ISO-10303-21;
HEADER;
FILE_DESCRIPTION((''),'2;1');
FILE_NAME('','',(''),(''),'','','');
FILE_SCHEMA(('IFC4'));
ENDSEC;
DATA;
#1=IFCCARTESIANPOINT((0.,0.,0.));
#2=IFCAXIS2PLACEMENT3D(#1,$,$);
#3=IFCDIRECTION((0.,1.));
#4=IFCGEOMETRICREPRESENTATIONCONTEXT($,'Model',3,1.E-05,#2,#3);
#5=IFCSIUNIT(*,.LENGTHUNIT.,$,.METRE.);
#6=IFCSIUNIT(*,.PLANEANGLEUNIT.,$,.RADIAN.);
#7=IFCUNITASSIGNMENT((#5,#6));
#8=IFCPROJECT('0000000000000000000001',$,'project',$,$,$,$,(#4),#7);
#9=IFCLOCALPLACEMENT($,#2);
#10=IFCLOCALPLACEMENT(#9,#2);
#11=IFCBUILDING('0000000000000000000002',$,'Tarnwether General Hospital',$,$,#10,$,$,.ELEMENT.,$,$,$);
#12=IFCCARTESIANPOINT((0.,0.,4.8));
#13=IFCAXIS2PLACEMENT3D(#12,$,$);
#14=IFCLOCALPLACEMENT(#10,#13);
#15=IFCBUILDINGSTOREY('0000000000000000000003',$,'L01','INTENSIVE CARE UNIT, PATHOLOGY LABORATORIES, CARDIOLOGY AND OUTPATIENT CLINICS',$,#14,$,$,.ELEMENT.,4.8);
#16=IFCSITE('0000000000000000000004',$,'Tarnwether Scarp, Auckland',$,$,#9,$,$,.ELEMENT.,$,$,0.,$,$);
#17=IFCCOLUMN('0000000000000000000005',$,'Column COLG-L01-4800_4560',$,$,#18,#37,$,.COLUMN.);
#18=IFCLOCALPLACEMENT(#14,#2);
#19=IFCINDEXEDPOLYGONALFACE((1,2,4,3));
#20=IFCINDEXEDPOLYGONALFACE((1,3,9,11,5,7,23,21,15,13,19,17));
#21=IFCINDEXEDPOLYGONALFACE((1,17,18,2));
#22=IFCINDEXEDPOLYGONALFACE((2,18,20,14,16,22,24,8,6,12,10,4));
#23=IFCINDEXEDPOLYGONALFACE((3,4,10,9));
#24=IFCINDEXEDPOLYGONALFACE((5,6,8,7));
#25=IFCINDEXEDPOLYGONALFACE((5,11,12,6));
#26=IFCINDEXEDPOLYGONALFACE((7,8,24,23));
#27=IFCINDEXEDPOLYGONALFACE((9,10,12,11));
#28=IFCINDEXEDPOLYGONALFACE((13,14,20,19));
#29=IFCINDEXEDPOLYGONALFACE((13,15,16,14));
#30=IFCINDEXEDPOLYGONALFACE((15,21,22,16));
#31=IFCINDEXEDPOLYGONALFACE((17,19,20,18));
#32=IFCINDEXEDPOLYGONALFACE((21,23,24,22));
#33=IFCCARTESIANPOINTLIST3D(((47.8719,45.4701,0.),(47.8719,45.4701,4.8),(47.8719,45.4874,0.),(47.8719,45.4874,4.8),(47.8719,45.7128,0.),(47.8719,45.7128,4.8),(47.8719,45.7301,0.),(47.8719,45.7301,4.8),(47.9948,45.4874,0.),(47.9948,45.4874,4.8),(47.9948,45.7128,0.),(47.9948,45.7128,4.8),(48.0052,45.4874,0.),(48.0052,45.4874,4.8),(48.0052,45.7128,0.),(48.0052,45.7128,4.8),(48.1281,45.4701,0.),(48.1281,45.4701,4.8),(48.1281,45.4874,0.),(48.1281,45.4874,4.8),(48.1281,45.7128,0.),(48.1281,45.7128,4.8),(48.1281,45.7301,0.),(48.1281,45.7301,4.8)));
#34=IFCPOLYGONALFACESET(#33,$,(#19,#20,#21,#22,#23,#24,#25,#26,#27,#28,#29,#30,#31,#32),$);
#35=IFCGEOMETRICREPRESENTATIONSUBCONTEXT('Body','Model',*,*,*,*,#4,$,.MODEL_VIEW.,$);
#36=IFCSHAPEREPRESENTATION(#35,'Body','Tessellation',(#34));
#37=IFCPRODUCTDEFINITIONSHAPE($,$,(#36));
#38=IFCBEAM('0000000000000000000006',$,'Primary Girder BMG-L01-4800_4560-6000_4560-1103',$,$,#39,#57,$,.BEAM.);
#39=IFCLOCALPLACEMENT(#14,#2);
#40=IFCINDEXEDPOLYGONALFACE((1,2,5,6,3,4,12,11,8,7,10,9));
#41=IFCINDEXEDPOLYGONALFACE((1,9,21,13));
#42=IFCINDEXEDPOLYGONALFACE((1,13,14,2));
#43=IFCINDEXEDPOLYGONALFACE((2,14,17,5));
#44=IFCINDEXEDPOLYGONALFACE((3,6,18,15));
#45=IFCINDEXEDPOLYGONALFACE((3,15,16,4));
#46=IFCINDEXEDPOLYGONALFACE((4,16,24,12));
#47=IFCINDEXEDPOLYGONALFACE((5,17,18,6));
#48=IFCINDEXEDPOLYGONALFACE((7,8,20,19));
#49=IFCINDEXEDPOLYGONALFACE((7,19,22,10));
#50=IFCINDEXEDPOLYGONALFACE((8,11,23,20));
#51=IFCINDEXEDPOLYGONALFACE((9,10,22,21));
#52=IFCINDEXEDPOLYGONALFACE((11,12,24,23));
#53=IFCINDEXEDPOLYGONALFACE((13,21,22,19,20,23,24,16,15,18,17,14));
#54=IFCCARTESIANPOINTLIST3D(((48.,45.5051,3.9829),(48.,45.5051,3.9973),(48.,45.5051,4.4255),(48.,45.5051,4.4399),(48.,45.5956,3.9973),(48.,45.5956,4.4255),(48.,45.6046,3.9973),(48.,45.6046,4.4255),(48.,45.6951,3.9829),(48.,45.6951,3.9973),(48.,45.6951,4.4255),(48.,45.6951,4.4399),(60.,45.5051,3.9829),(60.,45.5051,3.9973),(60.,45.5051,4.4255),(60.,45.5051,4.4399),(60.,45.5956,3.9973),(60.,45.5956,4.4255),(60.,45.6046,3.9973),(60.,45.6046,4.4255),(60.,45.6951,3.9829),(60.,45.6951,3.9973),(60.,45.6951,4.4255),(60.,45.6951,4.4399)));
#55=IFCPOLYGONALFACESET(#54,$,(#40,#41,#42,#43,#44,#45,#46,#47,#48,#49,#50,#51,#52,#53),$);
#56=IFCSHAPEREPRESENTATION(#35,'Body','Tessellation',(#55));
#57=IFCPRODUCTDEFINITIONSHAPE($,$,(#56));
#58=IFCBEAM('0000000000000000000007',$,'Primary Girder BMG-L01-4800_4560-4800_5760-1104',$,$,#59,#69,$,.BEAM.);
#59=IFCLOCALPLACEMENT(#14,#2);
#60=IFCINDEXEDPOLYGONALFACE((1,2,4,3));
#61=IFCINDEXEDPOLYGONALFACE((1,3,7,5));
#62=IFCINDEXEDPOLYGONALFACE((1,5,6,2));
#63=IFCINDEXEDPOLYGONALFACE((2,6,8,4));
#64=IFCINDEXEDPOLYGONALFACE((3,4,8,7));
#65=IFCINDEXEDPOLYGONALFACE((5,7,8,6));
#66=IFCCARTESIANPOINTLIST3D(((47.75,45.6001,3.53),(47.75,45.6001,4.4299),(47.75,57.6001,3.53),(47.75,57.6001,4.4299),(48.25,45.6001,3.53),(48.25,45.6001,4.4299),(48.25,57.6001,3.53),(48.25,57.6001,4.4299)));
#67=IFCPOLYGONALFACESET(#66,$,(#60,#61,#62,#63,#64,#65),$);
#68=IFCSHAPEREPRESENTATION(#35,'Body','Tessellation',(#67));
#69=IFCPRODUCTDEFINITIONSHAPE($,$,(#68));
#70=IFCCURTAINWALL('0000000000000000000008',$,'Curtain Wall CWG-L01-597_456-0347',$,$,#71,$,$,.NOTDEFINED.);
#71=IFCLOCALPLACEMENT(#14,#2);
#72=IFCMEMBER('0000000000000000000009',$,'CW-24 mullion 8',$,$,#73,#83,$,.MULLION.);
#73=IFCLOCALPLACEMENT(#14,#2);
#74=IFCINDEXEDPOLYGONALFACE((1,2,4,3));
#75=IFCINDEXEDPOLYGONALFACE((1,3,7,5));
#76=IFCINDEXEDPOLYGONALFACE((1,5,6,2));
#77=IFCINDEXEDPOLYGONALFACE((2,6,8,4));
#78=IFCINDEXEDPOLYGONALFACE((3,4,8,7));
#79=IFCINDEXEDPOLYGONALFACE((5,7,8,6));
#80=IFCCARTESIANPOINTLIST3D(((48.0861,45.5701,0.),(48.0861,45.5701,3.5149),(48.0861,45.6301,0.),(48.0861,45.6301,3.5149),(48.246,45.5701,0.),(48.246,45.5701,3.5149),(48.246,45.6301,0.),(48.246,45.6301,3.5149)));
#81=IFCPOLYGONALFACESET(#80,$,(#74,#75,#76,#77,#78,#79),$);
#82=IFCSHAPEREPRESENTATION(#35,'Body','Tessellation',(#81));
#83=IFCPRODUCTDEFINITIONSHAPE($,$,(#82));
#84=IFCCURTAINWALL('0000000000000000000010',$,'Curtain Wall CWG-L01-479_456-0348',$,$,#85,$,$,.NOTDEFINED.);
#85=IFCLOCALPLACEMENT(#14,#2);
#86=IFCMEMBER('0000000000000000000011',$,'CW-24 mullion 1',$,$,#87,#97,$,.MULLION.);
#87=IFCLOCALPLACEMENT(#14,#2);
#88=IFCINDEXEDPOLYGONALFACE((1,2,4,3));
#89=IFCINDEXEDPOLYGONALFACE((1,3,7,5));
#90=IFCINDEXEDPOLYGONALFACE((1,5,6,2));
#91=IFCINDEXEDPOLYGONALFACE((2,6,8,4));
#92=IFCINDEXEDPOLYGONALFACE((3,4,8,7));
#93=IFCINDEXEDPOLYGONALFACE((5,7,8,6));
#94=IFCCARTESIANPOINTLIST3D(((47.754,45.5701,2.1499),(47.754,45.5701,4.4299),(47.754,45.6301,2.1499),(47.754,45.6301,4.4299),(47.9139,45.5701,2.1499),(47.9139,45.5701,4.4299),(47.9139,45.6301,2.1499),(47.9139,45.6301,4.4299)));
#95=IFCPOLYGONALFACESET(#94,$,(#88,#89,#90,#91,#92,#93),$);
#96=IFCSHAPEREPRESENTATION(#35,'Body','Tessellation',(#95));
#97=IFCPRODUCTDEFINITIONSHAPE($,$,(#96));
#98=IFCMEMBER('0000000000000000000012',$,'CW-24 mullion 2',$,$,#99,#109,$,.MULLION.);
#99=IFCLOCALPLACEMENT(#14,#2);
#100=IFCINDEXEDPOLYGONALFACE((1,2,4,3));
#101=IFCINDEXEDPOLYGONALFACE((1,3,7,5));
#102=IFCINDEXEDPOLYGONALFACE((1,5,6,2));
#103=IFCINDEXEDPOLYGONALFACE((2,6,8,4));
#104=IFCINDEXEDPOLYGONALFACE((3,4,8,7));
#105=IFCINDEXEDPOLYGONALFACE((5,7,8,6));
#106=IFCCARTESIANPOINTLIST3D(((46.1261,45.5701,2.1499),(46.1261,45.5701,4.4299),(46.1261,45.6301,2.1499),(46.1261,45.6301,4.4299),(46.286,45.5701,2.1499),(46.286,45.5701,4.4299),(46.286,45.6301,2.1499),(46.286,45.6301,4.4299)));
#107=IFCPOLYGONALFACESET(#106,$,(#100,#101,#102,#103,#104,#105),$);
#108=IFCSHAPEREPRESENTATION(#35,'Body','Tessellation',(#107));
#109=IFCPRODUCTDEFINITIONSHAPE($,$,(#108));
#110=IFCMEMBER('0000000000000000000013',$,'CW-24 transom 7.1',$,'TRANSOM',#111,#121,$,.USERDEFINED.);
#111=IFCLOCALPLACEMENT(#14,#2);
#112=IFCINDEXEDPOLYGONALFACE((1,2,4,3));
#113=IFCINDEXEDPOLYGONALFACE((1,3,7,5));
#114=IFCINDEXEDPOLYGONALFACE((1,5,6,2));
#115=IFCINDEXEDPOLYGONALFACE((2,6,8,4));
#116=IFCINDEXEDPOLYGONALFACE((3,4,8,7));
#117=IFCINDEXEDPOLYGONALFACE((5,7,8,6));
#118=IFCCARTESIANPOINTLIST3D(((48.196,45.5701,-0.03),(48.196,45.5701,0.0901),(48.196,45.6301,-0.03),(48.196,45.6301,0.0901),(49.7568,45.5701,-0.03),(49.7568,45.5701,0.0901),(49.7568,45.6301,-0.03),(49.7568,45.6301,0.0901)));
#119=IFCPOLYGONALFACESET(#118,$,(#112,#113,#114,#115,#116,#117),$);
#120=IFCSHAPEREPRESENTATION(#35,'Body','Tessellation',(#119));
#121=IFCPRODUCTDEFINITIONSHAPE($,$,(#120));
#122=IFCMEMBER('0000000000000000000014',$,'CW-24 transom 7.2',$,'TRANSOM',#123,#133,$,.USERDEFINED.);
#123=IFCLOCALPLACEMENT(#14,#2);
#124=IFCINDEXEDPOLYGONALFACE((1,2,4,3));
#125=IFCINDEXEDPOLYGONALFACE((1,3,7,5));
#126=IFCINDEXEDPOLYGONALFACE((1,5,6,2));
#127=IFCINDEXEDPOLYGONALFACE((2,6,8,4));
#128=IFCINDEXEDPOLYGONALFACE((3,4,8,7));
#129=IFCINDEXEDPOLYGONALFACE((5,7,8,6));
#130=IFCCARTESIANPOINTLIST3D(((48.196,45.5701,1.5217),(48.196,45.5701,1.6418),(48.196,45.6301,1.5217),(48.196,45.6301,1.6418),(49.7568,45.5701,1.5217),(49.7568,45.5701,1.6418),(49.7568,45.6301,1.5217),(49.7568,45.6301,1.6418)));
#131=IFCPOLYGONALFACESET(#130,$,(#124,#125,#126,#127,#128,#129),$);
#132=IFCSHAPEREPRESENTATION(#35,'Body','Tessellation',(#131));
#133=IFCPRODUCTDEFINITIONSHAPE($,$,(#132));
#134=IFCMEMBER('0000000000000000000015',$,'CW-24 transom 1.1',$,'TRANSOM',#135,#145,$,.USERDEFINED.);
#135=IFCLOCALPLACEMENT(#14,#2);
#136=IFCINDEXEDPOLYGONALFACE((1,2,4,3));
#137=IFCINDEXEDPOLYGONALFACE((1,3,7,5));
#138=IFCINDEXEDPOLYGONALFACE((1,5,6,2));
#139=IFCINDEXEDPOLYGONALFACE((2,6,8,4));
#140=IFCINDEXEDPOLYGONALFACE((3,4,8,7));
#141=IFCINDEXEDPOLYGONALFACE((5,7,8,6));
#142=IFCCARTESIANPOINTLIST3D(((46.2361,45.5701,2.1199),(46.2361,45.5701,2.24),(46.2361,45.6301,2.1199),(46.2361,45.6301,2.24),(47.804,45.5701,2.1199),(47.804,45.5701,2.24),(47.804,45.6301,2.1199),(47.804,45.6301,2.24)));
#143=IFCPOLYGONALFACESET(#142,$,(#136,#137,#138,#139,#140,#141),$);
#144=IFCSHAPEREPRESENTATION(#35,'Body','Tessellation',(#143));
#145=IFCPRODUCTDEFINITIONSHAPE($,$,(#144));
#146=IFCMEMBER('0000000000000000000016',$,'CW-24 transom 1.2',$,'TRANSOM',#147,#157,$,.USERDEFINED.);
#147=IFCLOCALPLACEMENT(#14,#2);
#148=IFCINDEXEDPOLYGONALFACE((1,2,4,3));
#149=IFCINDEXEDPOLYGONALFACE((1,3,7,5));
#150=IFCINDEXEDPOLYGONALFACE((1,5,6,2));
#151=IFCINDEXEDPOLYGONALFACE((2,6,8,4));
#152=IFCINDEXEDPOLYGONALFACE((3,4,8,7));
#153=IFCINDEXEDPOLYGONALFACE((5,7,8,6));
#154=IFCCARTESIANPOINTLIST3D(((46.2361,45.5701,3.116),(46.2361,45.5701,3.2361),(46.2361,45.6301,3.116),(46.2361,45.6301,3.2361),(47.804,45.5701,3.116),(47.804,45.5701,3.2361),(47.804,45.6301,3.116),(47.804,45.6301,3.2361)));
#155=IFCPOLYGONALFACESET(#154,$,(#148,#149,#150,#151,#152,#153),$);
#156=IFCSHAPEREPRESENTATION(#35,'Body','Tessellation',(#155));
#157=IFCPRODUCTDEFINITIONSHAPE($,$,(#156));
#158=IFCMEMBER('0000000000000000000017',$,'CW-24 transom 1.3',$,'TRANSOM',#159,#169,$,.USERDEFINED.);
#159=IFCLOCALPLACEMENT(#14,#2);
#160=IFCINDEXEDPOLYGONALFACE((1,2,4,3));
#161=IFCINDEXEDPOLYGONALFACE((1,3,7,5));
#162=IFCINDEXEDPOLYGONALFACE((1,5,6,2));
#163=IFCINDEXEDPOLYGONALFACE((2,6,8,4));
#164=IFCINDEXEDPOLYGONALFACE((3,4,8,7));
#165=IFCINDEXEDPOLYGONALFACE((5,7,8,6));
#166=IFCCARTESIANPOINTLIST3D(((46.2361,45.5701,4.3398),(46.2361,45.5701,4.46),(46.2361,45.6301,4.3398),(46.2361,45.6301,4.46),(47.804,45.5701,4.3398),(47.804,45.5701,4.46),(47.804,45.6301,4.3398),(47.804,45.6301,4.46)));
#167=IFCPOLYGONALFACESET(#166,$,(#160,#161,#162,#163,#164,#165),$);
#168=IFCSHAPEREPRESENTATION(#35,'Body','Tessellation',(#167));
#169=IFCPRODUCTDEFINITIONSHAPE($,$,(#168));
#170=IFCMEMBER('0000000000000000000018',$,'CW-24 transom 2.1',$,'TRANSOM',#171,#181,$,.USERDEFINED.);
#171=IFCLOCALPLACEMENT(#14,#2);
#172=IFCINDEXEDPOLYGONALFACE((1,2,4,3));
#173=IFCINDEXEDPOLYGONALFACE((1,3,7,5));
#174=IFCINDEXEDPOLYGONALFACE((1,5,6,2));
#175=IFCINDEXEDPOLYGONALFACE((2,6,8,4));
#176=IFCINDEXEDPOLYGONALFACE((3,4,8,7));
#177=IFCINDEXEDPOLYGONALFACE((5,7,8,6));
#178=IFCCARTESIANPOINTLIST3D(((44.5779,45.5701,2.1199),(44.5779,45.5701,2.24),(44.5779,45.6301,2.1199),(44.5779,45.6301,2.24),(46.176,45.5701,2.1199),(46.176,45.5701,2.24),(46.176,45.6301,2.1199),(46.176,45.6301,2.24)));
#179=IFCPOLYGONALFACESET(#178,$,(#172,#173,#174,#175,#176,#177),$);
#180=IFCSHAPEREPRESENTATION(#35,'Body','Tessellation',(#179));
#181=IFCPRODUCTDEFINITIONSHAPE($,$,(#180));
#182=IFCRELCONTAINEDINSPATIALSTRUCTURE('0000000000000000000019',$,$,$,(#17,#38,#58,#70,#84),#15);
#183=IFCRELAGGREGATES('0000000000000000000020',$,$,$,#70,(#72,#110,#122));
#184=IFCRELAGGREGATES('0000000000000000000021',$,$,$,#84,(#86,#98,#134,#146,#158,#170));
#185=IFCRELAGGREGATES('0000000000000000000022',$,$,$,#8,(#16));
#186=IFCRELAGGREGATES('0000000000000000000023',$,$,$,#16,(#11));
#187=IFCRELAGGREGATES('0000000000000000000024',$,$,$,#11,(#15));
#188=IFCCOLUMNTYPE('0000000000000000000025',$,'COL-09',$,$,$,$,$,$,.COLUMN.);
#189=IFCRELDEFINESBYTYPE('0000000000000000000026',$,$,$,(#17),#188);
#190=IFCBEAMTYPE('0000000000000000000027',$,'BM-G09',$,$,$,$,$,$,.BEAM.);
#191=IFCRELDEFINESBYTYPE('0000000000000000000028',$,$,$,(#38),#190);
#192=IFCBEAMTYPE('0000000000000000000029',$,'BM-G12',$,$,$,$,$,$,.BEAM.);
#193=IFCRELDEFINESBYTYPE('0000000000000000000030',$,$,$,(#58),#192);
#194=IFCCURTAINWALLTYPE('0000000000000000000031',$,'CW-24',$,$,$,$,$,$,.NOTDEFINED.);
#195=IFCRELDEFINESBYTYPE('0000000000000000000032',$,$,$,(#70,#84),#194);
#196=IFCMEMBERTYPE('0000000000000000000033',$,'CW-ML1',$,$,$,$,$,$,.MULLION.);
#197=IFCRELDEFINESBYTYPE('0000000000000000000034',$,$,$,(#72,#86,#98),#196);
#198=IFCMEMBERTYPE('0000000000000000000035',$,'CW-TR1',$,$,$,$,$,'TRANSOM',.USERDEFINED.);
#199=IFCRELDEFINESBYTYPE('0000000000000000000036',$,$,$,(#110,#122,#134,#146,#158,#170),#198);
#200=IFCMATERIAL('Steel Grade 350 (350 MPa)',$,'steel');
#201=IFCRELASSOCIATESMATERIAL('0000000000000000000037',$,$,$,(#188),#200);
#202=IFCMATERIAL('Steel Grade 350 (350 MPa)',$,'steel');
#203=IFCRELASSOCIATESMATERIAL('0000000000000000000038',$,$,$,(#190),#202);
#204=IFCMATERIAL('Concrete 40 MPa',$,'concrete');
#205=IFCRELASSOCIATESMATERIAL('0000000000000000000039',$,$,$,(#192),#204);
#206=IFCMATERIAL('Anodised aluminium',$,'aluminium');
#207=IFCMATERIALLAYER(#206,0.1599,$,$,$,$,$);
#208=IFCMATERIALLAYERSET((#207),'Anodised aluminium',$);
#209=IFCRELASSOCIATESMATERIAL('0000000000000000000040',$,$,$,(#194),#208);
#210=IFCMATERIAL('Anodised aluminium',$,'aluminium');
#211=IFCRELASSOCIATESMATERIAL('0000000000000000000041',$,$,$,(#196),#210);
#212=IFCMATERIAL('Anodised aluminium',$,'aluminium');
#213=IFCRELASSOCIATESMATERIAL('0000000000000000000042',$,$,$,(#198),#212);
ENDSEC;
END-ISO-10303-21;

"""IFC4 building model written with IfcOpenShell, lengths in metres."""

from ifc_helpers import new_model, si_unit, direction, frame, origin, origin_2d, place, context, subcontext, project, spatial, rectangle, i_section, extrude, material, layer, layer_set, material_profile, profile_set, type_object, element, aggregate, save


model = new_model("IFC4")

# Units and contexts
model_context = context("Model", 3, precision=1e-05, world=origin(), true_north=direction((0.0, 1.0)))
body_context = subcontext(model_context, "Body", "Model", "MODEL_VIEW")
ifc_project = project(units=[si_unit("LENGTHUNIT", "METRE"), si_unit("PLANEANGLEUNIT", "RADIAN")], contexts=[model_context])

# Site, building, storey
site_placement = place(None, origin())
site = spatial("IfcSite", under=ifc_project, at=site_placement, Name="Tarnwether Scarp, Auckland", CompositionType="ELEMENT", RefElevation=0.0)
building_placement = place(site_placement, origin())
building = spatial("IfcBuilding", under=site, at=building_placement, Name="Tarnwether General Hospital", CompositionType="ELEMENT")
storey_placement = place(building_placement, frame((0.0, 0.0, 4.8)))
storey = spatial("IfcBuildingStorey", under=building, at=storey_placement, Name="L01", Description="INTENSIVE CARE UNIT, PATHOLOGY LABORATORIES, CARDIOLOGY AND OUTPATIENT CLINICS", CompositionType="ELEMENT", Elevation=4.8)

# Column
ifc_material_1 = material(Name="Steel Grade 350 (350 MPa)", Category="steel")
ifc_material_profile_1 = material_profile(ifc_material_1, i_section(OverallWidth=0.2561, OverallDepth=0.26, WebThickness=0.0105, FlangeThickness=0.0173, at=origin_2d()), Name="250UC89.5")
ifc_profile_set_1 = profile_set([ifc_material_profile_1], Name="Steel Grade 350 (350 MPa)")
column_type = type_object("IfcColumnType", Name="COL-09", PredefinedType="COLUMN", material=ifc_profile_set_1)
column_placement = place(storey_placement, frame((48.0, 45.6001, 0.0), z_axis=(0.0, 0.0, 1.0), x_axis=(1.0, 0.0, 0.0)))
element("IfcColumn", 1, at=column_placement, inside=storey, type_object=column_type, Name="Column COLG-L01-4800_4560", PredefinedType="COLUMN", context=body_context, shape_type="SweptSolid", body=[
    extrude(i_section(OverallWidth=0.2561, OverallDepth=0.26, WebThickness=0.0105, FlangeThickness=0.0173, at=origin_2d()), origin(), (0.0, 0.0, 1.0), 4.8),
])

# Beams
ifc_material_2 = material(Name="Steel Grade 350 (350 MPa)", Category="steel")
ifc_material_profile_2 = material_profile(ifc_material_2, i_section(OverallWidth=0.1899, OverallDepth=0.457, WebThickness=0.009, FlangeThickness=0.0144, at=origin_2d()), Name="460UB74.6")
ifc_profile_set_2 = profile_set([ifc_material_profile_2], Name="Steel Grade 350 (350 MPa)")
beam_type_1 = type_object("IfcBeamType", Name="BM-G09", PredefinedType="BEAM", material=ifc_profile_set_2)
beam_1_placement = place(storey_placement, frame((48.0, 45.6001, 4.2114), z_axis=(1.0, 0.0, 0.0), x_axis=(0.0, 1.0, 0.0)))
element("IfcBeam", 2, at=beam_1_placement, inside=storey, type_object=beam_type_1, Name="Primary Girder BMG-L01-4800_4560-6000_4560-1103", PredefinedType="BEAM", context=body_context, shape_type="SweptSolid", body=[
    extrude(i_section(OverallWidth=0.1899, OverallDepth=0.457, WebThickness=0.009, FlangeThickness=0.0144, at=origin_2d()), origin(), (0.0, 0.0, 1.0), 12.0),
])
ifc_material_3 = material(Name="Concrete 40 MPa", Category="concrete")
ifc_material_profile_3 = material_profile(ifc_material_3, rectangle(XDim=0.5, YDim=0.8999, at=origin_2d()), Name="RC-BM-500x900")
ifc_profile_set_3 = profile_set([ifc_material_profile_3], Name="Concrete 40 MPa")
beam_type_2 = type_object("IfcBeamType", Name="BM-G12", PredefinedType="BEAM", material=ifc_profile_set_3)
beam_2_placement = place(storey_placement, frame((48.0, 45.6001, 3.98), z_axis=(0.0, 1.0, 0.0), x_axis=(-1.0, 0.0, 0.0)))
element("IfcBeam", 3, at=beam_2_placement, inside=storey, type_object=beam_type_2, Name="Primary Girder BMG-L01-4800_4560-4800_5760-1104", PredefinedType="BEAM", context=body_context, shape_type="SweptSolid", body=[
    extrude(rectangle(XDim=0.5, YDim=0.8999, at=origin_2d()), origin(), (0.0, 0.0, 1.0), 12.0),
])

# Curtain wall, member
ifc_material_4 = material(Name="Anodised aluminium", Category="aluminium")
ifc_layer_1 = layer(ifc_material_4, 0.1599)
ifc_layer_set_1 = layer_set([ifc_layer_1], Name="Anodised aluminium")
curtain_wall_type = type_object("IfcCurtainWallType", Name="CW-24", PredefinedType="NOTDEFINED", material=ifc_layer_set_1)
curtain_wall_1_placement = place(storey_placement, origin())
curtain_wall_1 = element("IfcCurtainWall", 4, at=curtain_wall_1_placement, inside=storey, type_object=curtain_wall_type, Name="Curtain Wall CWG-L01-597_456-0347", PredefinedType="NOTDEFINED")
ifc_material_5 = material(Name="Anodised aluminium", Category="aluminium")
ifc_material_profile_4 = material_profile(ifc_material_5, rectangle(XDim=0.0601, YDim=0.1599, at=origin_2d()), Name="ALU-MUL-60x160")
ifc_profile_set_4 = profile_set([ifc_material_profile_4], Name="Anodised aluminium")
member_type_1 = type_object("IfcMemberType", Name="CW-ML1", PredefinedType="MULLION", material=ifc_profile_set_4)
member_1_placement = place(storey_placement, frame((48.166, 45.6001, 0.0), z_axis=(0.0, 0.0, 1.0), x_axis=(0.0, -1.0, 0.0)))
member_1 = element("IfcMember", 5, at=member_1_placement, type_object=member_type_1, Name="CW-24 mullion 8", PredefinedType="MULLION", context=body_context, shape_type="SweptSolid", body=[
    extrude(rectangle(XDim=0.0601, YDim=0.1599, at=origin_2d()), origin(), (0.0, 0.0, 1.0), 3.5149),
])

# Curtain wall, members
curtain_wall_2_placement = place(storey_placement, origin())
curtain_wall_2 = element("IfcCurtainWall", 6, at=curtain_wall_2_placement, inside=storey, type_object=curtain_wall_type, Name="Curtain Wall CWG-L01-479_456-0348", PredefinedType="NOTDEFINED")
member_2_placement = place(storey_placement, frame((47.834, 45.6001, 2.1499), z_axis=(0.0, 0.0, 1.0), x_axis=(0.0, -1.0, 0.0)))
member_2 = element("IfcMember", 7, at=member_2_placement, type_object=member_type_1, Name="CW-24 mullion 1", PredefinedType="MULLION", context=body_context, shape_type="SweptSolid", body=[
    extrude(rectangle(XDim=0.0601, YDim=0.1599, at=origin_2d()), origin(), (0.0, 0.0, 1.0), 2.28),
])
member_3_placement = place(storey_placement, frame((46.2061, 45.6001, 2.1499), z_axis=(0.0, 0.0, 1.0), x_axis=(0.0, -1.0, 0.0)))
member_3 = element("IfcMember", 8, at=member_3_placement, type_object=member_type_1, Name="CW-24 mullion 2", PredefinedType="MULLION", context=body_context, shape_type="SweptSolid", body=[
    extrude(rectangle(XDim=0.0601, YDim=0.1599, at=origin_2d()), origin(), (0.0, 0.0, 1.0), 2.28),
])

# Members
ifc_material_6 = material(Name="Anodised aluminium", Category="aluminium")
ifc_material_profile_5 = material_profile(ifc_material_6, rectangle(XDim=0.0601, YDim=0.1201, at=origin_2d()), Name="ALU-TRN-60x120")
ifc_profile_set_5 = profile_set([ifc_material_profile_5], Name="Anodised aluminium")
member_type_2 = type_object("IfcMemberType", Name="CW-TR1", ElementType="TRANSOM", PredefinedType="USERDEFINED", material=ifc_profile_set_5)
member_4_placement = place(storey_placement, frame((49.7568, 45.6001, 0.03), z_axis=(-1.0, 0.0, 0.0), x_axis=(0.0, -1.0, 0.0)))
member_4 = element("IfcMember", 9, at=member_4_placement, type_object=member_type_2, Name="CW-24 transom 7.1", ObjectType="TRANSOM", PredefinedType="USERDEFINED", context=body_context, shape_type="SweptSolid", body=[
    extrude(rectangle(XDim=0.0601, YDim=0.1201, at=origin_2d()), origin(), (0.0, 0.0, 1.0), 1.5608),
])
member_5_placement = place(storey_placement, frame((49.7568, 45.6001, 1.5818), z_axis=(-1.0, 0.0, 0.0), x_axis=(0.0, -1.0, 0.0)))
member_5 = element("IfcMember", 10, at=member_5_placement, type_object=member_type_2, Name="CW-24 transom 7.2", ObjectType="TRANSOM", PredefinedType="USERDEFINED", context=body_context, shape_type="SweptSolid", body=[
    extrude(rectangle(XDim=0.0601, YDim=0.1201, at=origin_2d()), origin(), (0.0, 0.0, 1.0), 1.5608),
])
member_6_placement = place(storey_placement, frame((47.804, 45.6001, 2.1799), z_axis=(-1.0, 0.0, 0.0), x_axis=(0.0, -1.0, 0.0)))
member_6 = element("IfcMember", 11, at=member_6_placement, type_object=member_type_2, Name="CW-24 transom 1.1", ObjectType="TRANSOM", PredefinedType="USERDEFINED", context=body_context, shape_type="SweptSolid", body=[
    extrude(rectangle(XDim=0.0601, YDim=0.1201, at=origin_2d()), origin(), (0.0, 0.0, 1.0), 1.5679),
])
member_7_placement = place(storey_placement, frame((47.804, 45.6001, 3.176), z_axis=(-1.0, 0.0, 0.0), x_axis=(0.0, -1.0, 0.0)))
member_7 = element("IfcMember", 12, at=member_7_placement, type_object=member_type_2, Name="CW-24 transom 1.2", ObjectType="TRANSOM", PredefinedType="USERDEFINED", context=body_context, shape_type="SweptSolid", body=[
    extrude(rectangle(XDim=0.0601, YDim=0.1201, at=origin_2d()), origin(), (0.0, 0.0, 1.0), 1.5679),
])
member_8_placement = place(storey_placement, frame((47.804, 45.6001, 4.3999), z_axis=(-1.0, 0.0, 0.0), x_axis=(0.0, -1.0, 0.0)))
member_8 = element("IfcMember", 13, at=member_8_placement, type_object=member_type_2, Name="CW-24 transom 1.3", ObjectType="TRANSOM", PredefinedType="USERDEFINED", context=body_context, shape_type="SweptSolid", body=[
    extrude(rectangle(XDim=0.0601, YDim=0.1201, at=origin_2d()), origin(), (0.0, 0.0, 1.0), 1.5679),
])
member_9_placement = place(storey_placement, frame((46.176, 45.6001, 2.1799), z_axis=(-1.0, 0.0, 0.0), x_axis=(0.0, -1.0, 0.0)))
member_9 = element("IfcMember", 14, at=member_9_placement, type_object=member_type_2, Name="CW-24 transom 2.1", ObjectType="TRANSOM", PredefinedType="USERDEFINED", context=body_context, shape_type="SweptSolid", body=[
    extrude(rectangle(XDim=0.0601, YDim=0.1201, at=origin_2d()), origin(), (0.0, 0.0, 1.0), 1.5981),
])

aggregate(curtain_wall_1, [member_1, member_4, member_5])
aggregate(curtain_wall_2, [member_2, member_3, member_6, member_7, member_8, member_9])

save(model, "model.ifc")
